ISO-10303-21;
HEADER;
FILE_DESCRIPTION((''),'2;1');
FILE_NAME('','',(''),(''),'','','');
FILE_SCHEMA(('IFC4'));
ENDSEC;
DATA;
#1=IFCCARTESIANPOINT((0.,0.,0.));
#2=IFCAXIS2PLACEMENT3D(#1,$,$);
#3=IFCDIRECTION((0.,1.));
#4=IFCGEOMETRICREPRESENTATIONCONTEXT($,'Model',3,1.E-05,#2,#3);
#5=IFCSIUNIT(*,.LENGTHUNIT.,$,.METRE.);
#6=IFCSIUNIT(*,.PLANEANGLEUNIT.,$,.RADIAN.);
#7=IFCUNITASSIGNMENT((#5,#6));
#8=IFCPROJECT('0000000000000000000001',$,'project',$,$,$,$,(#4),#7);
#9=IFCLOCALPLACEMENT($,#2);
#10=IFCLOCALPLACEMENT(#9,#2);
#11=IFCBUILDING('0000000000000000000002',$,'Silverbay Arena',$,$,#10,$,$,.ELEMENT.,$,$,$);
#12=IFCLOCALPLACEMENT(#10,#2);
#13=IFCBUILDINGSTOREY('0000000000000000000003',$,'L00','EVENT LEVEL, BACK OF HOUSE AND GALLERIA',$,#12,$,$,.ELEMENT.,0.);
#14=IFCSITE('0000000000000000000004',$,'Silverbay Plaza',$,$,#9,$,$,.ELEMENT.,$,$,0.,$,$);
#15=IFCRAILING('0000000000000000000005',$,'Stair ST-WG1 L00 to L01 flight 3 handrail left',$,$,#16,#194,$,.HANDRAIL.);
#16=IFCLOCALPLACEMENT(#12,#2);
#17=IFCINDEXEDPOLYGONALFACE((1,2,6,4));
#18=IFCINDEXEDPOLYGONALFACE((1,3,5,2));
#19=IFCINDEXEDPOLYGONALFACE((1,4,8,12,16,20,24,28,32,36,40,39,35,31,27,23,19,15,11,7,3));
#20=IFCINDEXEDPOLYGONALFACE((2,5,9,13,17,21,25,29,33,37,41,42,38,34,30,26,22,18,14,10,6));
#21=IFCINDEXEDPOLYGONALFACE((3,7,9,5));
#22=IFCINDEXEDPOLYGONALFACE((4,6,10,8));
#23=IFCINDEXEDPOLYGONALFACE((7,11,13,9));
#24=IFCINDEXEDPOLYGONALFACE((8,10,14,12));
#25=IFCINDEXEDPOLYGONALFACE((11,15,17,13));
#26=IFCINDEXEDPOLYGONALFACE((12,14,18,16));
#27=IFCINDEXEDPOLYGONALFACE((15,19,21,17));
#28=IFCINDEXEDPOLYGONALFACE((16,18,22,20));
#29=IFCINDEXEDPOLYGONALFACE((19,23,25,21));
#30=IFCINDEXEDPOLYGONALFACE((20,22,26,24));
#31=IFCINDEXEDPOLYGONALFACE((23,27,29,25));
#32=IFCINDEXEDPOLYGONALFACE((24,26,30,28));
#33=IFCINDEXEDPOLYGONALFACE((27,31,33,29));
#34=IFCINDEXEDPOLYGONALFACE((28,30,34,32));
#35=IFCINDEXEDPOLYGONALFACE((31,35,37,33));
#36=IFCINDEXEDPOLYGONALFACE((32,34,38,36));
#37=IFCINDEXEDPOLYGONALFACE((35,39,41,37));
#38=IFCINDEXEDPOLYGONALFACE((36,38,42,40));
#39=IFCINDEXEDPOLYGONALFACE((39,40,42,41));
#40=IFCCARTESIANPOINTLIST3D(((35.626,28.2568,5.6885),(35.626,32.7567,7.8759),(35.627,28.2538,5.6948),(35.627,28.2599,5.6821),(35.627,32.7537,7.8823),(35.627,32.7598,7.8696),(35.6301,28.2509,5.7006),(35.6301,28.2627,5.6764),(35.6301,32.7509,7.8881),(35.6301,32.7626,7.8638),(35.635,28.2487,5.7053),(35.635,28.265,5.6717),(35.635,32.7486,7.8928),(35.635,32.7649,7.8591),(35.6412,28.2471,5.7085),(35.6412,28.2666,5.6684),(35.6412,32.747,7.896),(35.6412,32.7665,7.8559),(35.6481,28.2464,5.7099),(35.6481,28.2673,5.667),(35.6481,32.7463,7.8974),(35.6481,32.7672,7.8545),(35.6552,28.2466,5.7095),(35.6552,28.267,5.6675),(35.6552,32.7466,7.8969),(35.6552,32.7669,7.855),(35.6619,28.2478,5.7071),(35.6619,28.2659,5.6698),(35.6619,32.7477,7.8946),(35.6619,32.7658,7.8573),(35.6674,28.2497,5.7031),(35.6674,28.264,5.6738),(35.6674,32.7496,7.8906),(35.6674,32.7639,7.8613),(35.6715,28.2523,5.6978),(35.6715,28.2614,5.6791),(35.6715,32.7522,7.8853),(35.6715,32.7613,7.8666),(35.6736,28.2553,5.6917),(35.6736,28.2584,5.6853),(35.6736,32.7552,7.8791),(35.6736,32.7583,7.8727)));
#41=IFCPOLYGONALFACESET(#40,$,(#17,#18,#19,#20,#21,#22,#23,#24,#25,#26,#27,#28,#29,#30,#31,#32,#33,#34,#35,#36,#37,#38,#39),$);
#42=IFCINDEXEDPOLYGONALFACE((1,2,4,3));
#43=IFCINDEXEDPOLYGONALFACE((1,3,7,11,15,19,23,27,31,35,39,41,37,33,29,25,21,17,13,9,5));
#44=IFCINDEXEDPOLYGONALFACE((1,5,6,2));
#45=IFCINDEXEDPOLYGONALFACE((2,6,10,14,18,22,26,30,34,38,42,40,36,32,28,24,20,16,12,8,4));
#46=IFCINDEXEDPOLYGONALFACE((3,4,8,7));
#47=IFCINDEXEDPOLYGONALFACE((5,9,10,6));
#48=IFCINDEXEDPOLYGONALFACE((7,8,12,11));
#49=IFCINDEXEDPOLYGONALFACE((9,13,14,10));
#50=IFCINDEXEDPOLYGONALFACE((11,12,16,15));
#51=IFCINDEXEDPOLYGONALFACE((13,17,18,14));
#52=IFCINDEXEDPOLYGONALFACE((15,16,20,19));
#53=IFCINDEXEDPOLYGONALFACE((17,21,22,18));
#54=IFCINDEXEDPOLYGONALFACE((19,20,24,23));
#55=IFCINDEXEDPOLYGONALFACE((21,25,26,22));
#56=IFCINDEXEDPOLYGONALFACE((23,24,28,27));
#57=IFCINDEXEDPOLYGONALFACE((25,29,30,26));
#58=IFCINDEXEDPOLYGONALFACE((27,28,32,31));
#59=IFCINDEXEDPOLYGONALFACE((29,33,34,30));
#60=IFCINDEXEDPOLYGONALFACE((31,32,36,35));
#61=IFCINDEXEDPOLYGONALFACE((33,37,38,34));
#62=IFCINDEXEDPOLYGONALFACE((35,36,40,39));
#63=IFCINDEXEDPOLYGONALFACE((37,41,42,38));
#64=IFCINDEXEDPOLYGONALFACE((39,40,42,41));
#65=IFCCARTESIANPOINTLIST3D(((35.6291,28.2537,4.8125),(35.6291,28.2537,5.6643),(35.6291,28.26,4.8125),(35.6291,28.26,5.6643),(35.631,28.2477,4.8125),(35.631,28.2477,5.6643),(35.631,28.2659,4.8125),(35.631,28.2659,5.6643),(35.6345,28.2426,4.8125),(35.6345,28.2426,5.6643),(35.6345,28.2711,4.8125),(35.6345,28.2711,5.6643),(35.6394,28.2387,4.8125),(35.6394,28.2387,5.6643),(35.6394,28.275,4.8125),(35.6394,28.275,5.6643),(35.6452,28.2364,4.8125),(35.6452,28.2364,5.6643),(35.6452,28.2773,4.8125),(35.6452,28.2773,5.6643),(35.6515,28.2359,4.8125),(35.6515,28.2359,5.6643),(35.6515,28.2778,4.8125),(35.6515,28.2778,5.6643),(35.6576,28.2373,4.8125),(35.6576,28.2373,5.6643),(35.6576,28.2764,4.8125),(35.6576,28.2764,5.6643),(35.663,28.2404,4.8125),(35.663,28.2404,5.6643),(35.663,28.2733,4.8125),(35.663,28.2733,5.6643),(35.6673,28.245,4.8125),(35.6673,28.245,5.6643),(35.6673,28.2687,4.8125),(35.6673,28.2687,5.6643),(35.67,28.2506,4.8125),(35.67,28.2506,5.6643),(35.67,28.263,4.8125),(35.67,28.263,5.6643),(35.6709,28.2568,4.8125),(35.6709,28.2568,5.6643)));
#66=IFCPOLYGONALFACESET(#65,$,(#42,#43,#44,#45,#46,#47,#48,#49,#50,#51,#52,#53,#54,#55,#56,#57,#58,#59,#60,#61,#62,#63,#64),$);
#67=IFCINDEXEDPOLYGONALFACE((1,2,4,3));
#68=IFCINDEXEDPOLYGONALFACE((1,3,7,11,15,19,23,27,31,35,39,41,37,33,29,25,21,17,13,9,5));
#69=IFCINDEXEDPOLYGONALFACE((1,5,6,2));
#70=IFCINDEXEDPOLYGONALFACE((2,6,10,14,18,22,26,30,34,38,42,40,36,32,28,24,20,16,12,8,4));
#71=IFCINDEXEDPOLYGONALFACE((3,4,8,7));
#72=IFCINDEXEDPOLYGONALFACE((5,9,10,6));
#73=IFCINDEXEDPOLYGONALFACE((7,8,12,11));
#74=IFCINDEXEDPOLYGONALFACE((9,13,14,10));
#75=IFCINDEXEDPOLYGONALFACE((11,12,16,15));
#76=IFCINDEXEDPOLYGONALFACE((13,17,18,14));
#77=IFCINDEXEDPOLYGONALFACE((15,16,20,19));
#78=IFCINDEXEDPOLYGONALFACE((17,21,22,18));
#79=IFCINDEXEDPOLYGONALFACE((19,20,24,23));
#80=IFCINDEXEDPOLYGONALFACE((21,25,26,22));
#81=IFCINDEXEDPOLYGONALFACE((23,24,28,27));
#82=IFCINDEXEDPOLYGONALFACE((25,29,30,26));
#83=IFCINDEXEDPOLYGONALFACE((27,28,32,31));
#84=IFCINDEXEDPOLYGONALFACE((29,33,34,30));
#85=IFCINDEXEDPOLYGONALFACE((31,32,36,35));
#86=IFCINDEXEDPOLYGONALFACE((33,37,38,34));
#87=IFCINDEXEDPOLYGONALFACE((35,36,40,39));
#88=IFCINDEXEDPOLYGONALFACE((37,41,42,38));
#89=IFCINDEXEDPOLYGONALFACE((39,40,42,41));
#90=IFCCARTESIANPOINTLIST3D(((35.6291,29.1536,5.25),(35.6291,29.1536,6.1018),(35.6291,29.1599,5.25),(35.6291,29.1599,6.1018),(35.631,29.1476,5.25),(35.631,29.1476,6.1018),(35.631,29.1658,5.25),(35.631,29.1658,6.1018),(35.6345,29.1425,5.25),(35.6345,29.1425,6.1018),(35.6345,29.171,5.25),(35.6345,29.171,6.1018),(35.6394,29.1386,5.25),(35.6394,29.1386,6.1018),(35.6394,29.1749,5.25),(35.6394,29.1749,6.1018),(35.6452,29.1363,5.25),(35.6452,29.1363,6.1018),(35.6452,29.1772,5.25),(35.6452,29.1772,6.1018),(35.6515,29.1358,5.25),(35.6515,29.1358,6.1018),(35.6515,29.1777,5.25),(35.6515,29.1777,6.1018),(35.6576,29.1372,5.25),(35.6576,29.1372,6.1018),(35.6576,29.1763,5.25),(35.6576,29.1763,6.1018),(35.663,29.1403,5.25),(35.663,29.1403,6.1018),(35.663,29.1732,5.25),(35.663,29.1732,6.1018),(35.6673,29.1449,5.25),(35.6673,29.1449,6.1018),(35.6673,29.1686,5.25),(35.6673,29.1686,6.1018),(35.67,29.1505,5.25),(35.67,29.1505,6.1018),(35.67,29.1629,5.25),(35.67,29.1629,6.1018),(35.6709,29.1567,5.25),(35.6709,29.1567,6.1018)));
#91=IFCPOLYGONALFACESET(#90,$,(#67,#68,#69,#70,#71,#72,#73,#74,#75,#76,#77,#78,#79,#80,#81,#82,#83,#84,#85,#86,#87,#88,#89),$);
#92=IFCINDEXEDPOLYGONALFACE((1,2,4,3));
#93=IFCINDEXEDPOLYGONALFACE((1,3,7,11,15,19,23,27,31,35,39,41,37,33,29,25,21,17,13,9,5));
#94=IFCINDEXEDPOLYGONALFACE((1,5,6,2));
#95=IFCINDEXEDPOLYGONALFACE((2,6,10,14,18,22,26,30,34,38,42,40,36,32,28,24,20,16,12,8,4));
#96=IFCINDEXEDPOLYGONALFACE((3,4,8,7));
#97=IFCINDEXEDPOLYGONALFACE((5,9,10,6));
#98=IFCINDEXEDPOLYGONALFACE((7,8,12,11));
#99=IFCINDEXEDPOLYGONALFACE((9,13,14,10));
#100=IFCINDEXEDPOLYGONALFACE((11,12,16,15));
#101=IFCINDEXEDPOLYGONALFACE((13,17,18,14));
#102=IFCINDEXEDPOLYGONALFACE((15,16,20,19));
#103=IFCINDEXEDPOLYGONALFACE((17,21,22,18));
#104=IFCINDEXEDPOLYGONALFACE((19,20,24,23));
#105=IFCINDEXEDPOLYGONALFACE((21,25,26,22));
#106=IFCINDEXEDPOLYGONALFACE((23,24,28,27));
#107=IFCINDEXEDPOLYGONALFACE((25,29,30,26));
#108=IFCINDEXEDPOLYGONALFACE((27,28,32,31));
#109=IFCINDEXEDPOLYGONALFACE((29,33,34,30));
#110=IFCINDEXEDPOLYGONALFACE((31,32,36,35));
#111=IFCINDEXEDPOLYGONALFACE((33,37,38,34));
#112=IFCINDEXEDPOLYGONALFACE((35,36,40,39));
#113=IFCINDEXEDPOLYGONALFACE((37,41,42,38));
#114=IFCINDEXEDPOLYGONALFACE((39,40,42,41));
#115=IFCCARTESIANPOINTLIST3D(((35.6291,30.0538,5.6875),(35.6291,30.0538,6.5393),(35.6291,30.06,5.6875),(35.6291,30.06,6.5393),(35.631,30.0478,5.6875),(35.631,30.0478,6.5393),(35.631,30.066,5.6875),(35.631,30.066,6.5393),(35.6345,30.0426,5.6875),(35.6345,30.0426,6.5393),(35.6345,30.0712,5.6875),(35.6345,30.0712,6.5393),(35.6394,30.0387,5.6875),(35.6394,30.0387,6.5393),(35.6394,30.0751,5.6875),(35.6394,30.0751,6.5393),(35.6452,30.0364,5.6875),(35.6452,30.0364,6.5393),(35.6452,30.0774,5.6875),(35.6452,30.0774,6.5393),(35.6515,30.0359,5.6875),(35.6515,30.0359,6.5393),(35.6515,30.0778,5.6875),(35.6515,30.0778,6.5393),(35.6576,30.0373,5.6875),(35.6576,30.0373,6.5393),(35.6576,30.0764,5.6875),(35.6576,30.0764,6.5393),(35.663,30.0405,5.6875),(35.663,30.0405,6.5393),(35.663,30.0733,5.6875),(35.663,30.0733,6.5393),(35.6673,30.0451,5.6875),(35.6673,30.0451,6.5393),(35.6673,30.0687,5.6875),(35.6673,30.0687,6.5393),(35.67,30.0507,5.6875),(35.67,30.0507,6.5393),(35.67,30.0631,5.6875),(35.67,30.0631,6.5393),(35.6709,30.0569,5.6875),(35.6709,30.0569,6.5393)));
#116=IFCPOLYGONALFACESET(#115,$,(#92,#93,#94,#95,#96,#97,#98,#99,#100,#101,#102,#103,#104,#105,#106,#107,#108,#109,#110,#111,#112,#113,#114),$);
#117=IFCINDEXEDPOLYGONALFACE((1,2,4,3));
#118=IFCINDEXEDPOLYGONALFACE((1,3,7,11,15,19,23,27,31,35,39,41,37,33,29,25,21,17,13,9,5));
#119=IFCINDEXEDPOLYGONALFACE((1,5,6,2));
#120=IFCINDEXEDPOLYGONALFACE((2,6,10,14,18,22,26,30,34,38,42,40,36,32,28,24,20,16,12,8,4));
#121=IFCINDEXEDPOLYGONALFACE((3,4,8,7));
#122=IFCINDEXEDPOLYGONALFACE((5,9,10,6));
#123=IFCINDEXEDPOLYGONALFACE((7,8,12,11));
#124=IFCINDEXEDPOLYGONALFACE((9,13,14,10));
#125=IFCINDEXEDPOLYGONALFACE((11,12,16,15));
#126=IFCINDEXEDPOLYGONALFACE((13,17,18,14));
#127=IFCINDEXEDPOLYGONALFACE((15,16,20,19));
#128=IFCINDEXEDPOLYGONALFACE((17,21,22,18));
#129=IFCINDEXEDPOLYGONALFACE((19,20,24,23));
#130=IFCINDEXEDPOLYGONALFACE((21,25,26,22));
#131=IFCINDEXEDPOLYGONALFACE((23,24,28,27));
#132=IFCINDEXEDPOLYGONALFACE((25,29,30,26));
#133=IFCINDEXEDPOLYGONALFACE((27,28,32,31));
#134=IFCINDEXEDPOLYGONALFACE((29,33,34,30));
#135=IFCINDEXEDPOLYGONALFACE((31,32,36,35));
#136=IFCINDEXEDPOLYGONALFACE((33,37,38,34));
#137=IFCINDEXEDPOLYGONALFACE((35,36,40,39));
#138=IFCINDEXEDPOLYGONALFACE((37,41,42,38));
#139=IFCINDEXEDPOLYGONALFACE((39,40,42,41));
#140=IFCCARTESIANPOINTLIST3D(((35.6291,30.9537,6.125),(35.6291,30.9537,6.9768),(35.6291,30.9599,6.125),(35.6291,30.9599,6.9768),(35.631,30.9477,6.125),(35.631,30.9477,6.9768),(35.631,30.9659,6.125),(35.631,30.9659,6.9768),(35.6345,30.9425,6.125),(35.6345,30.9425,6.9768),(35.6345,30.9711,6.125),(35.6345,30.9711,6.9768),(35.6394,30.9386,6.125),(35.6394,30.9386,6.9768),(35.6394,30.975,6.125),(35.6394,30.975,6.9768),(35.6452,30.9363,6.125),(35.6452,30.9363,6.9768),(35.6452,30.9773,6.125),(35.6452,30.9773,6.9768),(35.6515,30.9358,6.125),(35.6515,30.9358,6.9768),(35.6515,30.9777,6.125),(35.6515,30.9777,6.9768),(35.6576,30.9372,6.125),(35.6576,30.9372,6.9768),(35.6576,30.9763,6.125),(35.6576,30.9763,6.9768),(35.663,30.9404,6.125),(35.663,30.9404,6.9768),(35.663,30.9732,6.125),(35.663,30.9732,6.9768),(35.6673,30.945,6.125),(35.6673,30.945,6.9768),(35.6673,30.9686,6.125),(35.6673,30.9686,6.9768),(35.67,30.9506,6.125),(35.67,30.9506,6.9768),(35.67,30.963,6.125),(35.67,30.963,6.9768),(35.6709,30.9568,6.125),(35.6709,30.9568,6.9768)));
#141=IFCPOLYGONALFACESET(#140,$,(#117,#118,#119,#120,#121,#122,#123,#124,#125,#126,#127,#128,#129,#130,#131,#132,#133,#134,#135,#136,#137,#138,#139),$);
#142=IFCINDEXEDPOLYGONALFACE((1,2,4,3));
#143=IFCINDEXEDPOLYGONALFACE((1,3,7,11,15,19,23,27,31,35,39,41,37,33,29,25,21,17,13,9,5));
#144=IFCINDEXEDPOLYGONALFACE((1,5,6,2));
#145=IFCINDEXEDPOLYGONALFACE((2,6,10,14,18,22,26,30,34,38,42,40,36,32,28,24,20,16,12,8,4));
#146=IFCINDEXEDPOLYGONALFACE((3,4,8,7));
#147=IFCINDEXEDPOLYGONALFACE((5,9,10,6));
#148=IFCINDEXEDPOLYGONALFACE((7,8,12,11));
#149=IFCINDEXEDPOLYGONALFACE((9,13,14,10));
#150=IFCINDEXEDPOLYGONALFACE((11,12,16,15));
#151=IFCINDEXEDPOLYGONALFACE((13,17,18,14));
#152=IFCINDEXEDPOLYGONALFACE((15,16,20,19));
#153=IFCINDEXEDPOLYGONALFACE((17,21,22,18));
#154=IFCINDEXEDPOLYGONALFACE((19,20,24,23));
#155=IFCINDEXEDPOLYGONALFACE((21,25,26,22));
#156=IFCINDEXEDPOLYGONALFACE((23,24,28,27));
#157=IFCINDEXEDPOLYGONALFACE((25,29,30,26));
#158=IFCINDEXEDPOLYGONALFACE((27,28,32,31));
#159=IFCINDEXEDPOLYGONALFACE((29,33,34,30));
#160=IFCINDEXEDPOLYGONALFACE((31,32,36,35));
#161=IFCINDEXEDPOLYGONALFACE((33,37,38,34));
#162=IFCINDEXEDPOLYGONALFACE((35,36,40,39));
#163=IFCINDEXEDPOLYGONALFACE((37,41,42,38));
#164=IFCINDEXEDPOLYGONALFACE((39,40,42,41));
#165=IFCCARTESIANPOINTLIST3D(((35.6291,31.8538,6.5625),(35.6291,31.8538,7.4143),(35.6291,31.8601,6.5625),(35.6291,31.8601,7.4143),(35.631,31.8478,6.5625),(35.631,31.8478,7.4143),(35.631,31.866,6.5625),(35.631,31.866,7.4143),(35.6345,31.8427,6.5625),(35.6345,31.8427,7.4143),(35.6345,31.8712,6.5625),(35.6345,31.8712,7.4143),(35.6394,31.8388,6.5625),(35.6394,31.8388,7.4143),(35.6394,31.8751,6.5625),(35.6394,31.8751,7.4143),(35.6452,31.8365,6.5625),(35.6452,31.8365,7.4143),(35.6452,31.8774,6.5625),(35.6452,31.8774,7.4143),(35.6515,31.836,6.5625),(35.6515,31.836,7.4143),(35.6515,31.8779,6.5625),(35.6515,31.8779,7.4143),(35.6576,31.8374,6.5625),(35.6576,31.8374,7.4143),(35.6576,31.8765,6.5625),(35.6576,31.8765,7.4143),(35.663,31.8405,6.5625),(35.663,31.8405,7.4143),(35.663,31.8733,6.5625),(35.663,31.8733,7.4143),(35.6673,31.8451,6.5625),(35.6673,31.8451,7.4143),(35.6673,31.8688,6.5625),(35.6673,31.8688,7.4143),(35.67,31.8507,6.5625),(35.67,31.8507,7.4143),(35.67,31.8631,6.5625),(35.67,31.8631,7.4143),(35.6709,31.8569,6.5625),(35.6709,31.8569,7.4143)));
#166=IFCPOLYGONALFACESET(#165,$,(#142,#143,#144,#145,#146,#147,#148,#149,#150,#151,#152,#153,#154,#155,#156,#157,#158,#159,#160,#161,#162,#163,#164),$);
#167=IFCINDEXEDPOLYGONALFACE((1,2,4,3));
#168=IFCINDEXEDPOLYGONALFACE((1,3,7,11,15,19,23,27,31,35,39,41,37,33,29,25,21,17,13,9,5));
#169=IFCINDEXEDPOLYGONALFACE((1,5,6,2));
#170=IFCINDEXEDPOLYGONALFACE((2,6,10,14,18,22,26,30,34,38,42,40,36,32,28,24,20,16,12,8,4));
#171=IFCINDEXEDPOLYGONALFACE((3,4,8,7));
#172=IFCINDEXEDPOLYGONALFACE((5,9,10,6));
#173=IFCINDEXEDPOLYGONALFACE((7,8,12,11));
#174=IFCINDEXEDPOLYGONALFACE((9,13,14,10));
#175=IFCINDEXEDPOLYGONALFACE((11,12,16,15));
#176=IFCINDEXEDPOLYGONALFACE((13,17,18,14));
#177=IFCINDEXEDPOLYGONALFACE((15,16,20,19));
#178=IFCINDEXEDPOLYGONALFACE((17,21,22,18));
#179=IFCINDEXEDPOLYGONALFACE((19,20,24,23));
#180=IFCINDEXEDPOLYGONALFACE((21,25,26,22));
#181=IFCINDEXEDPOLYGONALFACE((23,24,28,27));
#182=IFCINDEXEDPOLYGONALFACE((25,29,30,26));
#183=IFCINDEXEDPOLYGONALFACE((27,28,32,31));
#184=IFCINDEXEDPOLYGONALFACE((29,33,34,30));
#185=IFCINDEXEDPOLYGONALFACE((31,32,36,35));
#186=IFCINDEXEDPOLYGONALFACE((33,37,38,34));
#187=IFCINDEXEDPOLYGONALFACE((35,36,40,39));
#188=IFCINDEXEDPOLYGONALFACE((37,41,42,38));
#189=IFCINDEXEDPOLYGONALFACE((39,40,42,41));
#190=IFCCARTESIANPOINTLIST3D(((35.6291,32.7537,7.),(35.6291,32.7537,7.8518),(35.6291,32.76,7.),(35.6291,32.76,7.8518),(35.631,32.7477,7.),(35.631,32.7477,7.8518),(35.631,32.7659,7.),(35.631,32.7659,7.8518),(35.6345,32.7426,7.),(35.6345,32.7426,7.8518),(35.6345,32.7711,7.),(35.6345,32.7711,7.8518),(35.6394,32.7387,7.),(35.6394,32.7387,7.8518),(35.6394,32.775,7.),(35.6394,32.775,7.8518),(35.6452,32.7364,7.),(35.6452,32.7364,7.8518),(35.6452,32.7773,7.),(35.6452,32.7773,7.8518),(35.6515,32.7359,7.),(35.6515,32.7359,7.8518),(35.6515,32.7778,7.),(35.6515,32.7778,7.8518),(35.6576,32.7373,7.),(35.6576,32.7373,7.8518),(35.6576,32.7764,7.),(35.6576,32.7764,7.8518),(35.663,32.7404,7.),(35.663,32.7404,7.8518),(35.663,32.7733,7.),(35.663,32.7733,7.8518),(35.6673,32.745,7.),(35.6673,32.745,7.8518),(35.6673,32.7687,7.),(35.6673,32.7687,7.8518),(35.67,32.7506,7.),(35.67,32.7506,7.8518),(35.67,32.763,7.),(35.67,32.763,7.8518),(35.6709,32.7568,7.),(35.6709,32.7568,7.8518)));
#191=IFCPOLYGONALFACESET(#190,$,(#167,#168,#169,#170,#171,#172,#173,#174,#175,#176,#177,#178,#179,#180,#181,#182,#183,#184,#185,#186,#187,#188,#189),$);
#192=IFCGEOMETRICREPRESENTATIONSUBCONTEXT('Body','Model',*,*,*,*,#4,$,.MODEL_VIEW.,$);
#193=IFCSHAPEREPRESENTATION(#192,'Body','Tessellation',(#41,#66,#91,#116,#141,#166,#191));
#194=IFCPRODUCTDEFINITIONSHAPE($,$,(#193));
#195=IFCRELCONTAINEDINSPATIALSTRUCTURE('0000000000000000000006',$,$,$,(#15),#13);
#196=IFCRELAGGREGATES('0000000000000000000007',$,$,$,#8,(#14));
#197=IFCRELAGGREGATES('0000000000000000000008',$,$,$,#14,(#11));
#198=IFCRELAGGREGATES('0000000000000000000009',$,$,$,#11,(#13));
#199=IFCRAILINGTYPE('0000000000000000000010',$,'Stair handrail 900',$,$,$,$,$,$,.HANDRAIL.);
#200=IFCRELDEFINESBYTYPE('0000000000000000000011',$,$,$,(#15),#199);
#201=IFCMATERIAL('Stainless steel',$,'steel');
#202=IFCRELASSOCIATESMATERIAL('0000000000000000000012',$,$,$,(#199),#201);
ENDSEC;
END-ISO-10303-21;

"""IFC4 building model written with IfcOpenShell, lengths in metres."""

from ifc_helpers import new_model, si_unit, direction, frame, origin, origin_2d, place, context, subcontext, project, spatial, circle, extrude, material, type_object, element, save


model = new_model("IFC4")

# Units and contexts
model_context = context("Model", 3, precision=1e-05, world=origin(), true_north=direction((0.0, 1.0)))
body_context = subcontext(model_context, "Body", "Model", "MODEL_VIEW")
ifc_project = project(units=[si_unit("LENGTHUNIT", "METRE"), si_unit("PLANEANGLEUNIT", "RADIAN")], contexts=[model_context])

# Site, building, storey
site_placement = place(None, origin())
site = spatial("IfcSite", under=ifc_project, at=site_placement, Name="Silverbay Plaza", CompositionType="ELEMENT", RefElevation=0.0)
building_placement = place(site_placement, origin())
building = spatial("IfcBuilding", under=site, at=building_placement, Name="Silverbay Arena", CompositionType="ELEMENT")
storey_placement = place(building_placement, origin())
storey = spatial("IfcBuildingStorey", under=building, at=storey_placement, Name="L00", Description="EVENT LEVEL, BACK OF HOUSE AND GALLERIA", CompositionType="ELEMENT", Elevation=0.0)

# Railing
ifc_material_1 = material(Name="Stainless steel", Category="steel")
railing_type_1 = type_object("IfcRailingType", Name="Stair handrail 900", PredefinedType="HANDRAIL", material=ifc_material_1)
for number, where, name in (
    (1, (35.6499, 28.2568, 4.8125), "Stair ST-WG1 L00 to L01 flight 3 handrail left"),
):
    element("IfcRailing", number, at=place(storey_placement, frame(where)), inside=storey, type_object=railing_type_1, Name=name, PredefinedType="HANDRAIL", context=body_context, shape_type="SweptSolid", body=[
        extrude(circle(Radius=0.0239, at=origin_2d()), frame((0.0, 0.0, 0.876), z_axis=(0.0, 0.899368, 0.437193), x_axis=(-1.0, 0.0, 0.0)), (0.0, 0.0, 1.0), 5.0034),
        extrude(circle(Radius=0.021, at=origin_2d()), origin(), (0.0, 0.0, 1.0), 0.8518),
        extrude(circle(Radius=0.021, at=origin_2d()), frame((0.0, 0.8999, 0.4375)), (0.0, 0.0, 1.0), 0.8518),
        extrude(circle(Radius=0.021, at=origin_2d()), frame((0.0, 1.8, 0.875)), (0.0, 0.0, 1.0), 0.8518),
        extrude(circle(Radius=0.021, at=origin_2d()), frame((0.0, 2.7, 1.3125)), (0.0, 0.0, 1.0), 0.8518),
        extrude(circle(Radius=0.021, at=origin_2d()), frame((0.0, 3.6001, 1.75)), (0.0, 0.0, 1.0), 0.8518),
        extrude(circle(Radius=0.021, at=origin_2d()), frame((0.0, 4.5, 2.1875)), (0.0, 0.0, 1.0), 0.8518),
    ])

save(model, "model.ifc")
